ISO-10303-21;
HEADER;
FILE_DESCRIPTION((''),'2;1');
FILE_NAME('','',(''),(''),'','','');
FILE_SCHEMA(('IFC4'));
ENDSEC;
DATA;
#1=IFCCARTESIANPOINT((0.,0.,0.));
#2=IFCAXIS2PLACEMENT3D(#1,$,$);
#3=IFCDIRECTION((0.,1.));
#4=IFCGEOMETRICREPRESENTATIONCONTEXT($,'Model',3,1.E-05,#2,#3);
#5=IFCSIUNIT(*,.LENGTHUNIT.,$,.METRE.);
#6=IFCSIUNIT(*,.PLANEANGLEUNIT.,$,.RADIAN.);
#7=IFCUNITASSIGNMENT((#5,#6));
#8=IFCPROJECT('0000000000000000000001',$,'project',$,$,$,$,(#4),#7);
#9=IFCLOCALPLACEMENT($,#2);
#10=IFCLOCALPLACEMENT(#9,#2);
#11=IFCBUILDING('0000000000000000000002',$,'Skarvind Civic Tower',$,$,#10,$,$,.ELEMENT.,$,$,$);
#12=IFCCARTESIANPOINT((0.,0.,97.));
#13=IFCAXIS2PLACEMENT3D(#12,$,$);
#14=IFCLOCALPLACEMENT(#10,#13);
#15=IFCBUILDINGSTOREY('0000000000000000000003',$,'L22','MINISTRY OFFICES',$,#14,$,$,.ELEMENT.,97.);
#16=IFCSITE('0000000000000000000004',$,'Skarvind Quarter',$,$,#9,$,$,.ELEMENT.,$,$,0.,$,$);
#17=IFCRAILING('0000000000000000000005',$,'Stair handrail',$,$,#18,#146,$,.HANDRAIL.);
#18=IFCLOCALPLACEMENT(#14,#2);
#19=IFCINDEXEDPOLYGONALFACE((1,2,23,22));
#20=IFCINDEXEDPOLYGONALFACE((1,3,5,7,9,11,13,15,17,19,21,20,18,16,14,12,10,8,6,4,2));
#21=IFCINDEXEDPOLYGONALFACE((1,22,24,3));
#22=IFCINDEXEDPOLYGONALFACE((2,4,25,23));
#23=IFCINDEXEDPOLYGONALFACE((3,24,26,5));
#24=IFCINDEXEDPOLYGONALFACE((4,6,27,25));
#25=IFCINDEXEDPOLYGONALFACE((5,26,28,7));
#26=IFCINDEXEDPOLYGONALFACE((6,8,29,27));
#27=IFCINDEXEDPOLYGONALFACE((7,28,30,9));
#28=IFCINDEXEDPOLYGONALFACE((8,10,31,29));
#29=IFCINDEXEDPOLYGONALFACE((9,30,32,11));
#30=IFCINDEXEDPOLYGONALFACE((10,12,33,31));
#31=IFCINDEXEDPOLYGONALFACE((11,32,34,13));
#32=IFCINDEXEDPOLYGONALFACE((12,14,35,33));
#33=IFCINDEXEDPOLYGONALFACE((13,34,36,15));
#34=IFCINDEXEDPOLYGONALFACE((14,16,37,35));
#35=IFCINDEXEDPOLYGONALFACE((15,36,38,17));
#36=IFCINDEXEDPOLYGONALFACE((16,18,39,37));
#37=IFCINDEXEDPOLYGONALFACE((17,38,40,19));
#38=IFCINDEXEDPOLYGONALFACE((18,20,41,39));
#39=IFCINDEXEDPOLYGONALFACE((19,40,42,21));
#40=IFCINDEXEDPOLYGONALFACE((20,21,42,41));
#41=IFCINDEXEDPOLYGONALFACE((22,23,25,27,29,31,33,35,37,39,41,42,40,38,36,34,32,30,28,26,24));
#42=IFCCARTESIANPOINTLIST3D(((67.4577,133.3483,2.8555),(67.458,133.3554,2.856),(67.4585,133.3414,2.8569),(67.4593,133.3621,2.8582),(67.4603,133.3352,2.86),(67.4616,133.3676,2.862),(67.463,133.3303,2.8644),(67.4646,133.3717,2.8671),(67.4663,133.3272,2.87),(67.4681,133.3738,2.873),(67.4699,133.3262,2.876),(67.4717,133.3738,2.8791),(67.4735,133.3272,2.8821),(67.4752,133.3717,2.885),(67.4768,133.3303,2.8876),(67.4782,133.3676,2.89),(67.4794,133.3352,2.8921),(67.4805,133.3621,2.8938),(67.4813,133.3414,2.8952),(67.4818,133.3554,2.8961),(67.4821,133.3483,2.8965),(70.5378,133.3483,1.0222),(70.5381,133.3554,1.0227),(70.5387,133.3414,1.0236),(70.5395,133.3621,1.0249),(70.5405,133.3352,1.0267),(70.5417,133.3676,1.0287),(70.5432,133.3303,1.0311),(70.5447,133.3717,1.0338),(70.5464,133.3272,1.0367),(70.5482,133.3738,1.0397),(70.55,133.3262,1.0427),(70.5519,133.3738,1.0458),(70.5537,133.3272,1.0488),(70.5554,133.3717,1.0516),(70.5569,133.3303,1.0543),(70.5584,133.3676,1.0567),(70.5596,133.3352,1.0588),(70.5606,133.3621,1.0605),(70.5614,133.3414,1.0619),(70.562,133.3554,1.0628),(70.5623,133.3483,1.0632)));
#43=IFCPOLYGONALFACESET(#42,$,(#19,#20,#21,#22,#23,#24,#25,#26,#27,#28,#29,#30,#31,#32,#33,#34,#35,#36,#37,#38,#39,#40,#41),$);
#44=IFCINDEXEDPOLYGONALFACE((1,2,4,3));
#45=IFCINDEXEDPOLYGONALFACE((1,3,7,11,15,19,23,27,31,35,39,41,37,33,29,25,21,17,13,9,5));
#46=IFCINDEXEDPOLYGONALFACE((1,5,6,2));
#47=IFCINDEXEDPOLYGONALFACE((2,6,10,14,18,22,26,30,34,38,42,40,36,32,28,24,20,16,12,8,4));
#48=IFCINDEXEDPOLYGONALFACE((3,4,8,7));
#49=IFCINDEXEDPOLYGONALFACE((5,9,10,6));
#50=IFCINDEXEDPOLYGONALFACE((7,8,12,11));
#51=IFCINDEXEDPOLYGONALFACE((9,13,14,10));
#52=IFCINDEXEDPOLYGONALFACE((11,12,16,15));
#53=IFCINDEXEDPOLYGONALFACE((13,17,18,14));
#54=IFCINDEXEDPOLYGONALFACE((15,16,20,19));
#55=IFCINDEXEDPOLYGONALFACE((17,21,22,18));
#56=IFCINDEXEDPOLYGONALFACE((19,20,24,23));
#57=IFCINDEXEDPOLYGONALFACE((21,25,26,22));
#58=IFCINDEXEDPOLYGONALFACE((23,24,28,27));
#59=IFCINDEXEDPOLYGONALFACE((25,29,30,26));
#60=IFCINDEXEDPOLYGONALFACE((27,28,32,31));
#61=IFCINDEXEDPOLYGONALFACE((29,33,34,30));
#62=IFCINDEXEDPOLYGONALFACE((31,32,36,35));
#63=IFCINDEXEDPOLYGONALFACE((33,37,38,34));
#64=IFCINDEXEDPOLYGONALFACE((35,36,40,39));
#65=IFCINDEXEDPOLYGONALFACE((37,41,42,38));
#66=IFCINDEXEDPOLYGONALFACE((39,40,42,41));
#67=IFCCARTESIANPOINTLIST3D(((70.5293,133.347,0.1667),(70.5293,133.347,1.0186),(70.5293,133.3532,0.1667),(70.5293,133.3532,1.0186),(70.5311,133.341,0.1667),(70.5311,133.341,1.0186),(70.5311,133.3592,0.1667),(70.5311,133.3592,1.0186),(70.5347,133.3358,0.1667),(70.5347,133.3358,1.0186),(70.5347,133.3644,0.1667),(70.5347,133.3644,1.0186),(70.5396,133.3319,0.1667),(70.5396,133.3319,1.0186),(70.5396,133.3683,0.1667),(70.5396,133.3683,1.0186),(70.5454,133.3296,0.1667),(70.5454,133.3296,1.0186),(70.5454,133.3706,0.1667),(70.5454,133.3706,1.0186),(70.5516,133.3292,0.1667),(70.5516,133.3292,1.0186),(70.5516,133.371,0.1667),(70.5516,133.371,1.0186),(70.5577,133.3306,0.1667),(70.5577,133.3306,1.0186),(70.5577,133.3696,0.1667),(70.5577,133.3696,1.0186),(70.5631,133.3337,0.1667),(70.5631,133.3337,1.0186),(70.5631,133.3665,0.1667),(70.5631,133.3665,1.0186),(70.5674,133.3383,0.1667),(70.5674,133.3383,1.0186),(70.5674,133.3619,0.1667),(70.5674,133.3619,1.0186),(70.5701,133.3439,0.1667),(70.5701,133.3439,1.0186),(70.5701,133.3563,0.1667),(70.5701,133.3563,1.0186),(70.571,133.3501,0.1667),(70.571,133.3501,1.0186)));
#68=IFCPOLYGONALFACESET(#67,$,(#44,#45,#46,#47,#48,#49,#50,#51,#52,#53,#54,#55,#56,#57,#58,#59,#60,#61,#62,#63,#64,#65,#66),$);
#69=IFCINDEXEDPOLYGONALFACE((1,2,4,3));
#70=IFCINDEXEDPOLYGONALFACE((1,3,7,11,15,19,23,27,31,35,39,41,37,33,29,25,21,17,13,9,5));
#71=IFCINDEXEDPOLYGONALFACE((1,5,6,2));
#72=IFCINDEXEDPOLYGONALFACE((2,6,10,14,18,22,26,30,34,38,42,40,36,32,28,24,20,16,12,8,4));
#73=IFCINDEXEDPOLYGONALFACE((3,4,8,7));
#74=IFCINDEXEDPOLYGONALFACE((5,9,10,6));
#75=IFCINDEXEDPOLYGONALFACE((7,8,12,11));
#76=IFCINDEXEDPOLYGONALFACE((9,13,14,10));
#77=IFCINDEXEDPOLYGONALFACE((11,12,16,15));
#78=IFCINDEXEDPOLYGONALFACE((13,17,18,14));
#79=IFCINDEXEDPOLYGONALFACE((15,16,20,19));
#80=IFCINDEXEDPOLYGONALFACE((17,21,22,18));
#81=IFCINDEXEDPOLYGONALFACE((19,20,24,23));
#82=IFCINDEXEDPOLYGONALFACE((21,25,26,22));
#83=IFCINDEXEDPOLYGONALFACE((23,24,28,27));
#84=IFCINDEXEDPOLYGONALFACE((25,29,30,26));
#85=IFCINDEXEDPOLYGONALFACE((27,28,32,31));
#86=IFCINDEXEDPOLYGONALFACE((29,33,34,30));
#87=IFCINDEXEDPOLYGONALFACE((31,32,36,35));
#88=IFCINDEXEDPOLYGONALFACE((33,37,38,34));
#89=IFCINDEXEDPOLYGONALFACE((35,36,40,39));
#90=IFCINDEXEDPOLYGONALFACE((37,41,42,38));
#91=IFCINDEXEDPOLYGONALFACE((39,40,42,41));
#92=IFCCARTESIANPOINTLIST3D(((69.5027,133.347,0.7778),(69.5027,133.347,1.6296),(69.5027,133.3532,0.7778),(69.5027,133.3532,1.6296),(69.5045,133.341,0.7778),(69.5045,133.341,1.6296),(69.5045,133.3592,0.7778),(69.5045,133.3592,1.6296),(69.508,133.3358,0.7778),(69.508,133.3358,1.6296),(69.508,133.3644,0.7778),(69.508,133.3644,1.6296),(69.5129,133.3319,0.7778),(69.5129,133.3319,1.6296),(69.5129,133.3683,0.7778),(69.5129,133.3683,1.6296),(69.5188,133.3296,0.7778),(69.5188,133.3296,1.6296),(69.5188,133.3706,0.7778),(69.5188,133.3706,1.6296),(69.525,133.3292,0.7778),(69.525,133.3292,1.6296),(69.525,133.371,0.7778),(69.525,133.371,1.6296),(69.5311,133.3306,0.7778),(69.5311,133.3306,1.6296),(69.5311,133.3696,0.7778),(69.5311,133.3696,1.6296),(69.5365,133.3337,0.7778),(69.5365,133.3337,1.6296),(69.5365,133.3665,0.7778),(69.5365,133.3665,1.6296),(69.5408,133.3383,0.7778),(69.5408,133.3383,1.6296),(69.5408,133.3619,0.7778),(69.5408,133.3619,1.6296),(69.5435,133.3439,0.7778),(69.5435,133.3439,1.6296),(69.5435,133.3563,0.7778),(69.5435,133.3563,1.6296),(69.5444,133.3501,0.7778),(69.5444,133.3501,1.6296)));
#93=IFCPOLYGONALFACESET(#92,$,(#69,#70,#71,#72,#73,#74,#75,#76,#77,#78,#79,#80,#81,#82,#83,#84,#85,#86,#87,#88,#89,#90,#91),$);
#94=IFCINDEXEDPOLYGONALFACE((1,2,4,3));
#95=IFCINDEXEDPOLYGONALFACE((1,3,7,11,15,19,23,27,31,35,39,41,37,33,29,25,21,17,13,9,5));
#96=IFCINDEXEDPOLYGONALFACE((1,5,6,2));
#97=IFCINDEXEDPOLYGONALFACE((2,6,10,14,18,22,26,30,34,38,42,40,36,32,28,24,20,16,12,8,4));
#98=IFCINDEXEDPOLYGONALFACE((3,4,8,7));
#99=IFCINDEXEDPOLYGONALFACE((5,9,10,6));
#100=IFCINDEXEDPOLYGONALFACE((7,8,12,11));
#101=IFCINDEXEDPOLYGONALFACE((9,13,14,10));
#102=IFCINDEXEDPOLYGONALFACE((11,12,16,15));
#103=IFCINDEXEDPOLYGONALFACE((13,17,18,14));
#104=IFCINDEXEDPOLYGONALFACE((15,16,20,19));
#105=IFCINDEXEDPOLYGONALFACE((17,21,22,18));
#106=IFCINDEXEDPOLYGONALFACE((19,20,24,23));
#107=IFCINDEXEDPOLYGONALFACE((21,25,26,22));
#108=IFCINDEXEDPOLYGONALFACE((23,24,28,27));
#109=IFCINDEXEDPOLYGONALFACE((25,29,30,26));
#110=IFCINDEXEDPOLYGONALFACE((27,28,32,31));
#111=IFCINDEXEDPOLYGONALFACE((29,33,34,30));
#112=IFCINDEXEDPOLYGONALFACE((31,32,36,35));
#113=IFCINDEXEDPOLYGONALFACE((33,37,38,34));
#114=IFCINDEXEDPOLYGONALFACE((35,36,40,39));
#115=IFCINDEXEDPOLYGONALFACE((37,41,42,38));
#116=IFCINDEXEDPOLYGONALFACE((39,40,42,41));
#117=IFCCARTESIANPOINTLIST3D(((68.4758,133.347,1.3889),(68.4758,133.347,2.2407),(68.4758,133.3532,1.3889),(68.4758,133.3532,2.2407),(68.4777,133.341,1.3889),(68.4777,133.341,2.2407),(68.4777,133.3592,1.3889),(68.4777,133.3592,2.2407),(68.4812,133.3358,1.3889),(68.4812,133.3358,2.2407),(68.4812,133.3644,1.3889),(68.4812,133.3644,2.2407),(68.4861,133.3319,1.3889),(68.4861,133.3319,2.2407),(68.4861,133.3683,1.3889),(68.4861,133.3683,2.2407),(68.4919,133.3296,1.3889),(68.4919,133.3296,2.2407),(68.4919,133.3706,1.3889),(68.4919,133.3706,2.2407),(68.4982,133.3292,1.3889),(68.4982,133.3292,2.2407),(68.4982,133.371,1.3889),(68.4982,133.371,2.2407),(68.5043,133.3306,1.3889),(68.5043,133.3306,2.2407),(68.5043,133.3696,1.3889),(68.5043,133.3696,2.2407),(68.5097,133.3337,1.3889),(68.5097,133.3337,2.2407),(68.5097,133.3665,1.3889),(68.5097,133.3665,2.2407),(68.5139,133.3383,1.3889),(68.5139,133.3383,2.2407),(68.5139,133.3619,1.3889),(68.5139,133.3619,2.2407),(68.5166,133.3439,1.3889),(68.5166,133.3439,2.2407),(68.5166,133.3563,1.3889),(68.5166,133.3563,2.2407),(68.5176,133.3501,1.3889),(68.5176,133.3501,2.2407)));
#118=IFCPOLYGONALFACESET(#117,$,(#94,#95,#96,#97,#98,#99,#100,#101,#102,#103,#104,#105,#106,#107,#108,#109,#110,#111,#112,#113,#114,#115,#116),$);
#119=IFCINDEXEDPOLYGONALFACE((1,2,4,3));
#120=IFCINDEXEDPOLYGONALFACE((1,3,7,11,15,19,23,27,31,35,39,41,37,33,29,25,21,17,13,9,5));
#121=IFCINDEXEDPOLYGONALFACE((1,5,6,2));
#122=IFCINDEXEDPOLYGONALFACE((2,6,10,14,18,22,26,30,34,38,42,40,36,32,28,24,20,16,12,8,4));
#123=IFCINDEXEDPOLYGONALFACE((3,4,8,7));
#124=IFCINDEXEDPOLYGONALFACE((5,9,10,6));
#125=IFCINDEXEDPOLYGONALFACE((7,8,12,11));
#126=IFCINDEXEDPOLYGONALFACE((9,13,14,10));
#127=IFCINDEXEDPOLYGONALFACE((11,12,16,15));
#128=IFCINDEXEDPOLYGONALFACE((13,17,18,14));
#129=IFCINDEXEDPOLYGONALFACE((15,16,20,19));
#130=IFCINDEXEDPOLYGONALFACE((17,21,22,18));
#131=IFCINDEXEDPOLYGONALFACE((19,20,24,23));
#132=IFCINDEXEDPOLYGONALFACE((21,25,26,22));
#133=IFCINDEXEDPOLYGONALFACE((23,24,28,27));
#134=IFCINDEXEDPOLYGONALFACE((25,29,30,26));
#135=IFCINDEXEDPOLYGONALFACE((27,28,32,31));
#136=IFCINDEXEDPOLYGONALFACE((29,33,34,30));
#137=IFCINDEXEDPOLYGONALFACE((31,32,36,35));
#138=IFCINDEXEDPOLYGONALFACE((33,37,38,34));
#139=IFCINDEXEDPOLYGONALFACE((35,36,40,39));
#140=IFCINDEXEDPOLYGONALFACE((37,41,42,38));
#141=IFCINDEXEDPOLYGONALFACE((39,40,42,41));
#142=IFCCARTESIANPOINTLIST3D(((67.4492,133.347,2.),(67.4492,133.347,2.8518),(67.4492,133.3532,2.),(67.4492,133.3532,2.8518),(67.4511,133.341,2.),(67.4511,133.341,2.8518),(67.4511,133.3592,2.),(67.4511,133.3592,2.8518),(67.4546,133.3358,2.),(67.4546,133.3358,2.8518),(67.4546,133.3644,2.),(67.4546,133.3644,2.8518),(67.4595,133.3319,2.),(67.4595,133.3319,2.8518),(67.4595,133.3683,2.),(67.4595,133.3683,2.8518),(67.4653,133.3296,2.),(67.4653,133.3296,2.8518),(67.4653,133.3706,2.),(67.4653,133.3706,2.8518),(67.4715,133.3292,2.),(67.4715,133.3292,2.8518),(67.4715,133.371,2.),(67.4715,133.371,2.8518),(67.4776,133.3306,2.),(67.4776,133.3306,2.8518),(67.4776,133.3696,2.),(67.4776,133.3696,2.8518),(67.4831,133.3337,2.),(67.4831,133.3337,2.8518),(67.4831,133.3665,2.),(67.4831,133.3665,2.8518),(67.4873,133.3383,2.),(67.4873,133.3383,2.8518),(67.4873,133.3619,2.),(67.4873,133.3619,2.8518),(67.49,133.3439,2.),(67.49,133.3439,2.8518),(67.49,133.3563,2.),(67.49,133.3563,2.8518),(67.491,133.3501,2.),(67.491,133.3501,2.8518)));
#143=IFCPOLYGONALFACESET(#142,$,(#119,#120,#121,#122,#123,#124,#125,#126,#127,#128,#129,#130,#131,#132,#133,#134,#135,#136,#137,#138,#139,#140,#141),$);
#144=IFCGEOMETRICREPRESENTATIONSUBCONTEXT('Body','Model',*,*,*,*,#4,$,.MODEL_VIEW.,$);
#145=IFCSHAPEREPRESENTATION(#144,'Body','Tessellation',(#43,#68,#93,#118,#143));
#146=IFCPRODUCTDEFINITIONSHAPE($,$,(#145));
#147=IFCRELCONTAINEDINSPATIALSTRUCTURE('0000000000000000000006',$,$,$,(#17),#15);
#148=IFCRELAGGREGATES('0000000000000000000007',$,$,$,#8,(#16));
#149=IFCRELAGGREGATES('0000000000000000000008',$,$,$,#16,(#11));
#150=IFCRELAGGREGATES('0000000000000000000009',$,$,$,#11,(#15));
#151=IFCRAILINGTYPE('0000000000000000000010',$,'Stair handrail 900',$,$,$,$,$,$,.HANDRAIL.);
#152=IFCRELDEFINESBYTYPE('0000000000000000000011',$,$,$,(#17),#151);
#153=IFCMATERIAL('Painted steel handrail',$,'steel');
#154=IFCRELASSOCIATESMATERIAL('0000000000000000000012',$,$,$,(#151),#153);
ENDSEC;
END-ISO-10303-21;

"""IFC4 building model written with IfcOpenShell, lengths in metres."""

from ifc_helpers import new_model, si_unit, direction, frame, origin, origin_2d, place, context, subcontext, project, spatial, circle, extrude, material, type_object, element, save


model = new_model("IFC4")

# Units and contexts
model_context = context("Model", 3, precision=1e-05, world=origin(), true_north=direction((0.0, 1.0)))
body_context = subcontext(model_context, "Body", "Model", "MODEL_VIEW")
ifc_project = project(units=[si_unit("LENGTHUNIT", "METRE"), si_unit("PLANEANGLEUNIT", "RADIAN")], contexts=[model_context])

# Site, building, storey
site_placement = place(None, origin())
site = spatial("IfcSite", under=ifc_project, at=site_placement, Name="Skarvind Quarter", CompositionType="ELEMENT", RefElevation=0.0)
building_placement = place(site_placement, origin())
building = spatial("IfcBuilding", under=site, at=building_placement, Name="Skarvind Civic Tower", CompositionType="ELEMENT")
storey_placement = place(building_placement, frame((0.0, 0.0, 97.0)))
storey = spatial("IfcBuildingStorey", under=building, at=storey_placement, Name="L22", Description="MINISTRY OFFICES", CompositionType="ELEMENT", Elevation=97.0)

# Railing
ifc_material_1 = material(Name="Painted steel handrail", Category="steel")
railing_type = type_object("IfcRailingType", Name="Stair handrail 900", PredefinedType="HANDRAIL", material=ifc_material_1)
railing_1_placement = place(storey_placement, frame((70.55, 133.3501, 0.1667)))
element("IfcRailing", 1, at=railing_1_placement, inside=storey, type_object=railing_type, Name="Stair handrail", PredefinedType="HANDRAIL", context=body_context, shape_type="SweptSolid", body=[
    extrude(circle(Radius=0.0239, at=origin_2d()), frame((0.0, 0.0, 0.876), z_axis=(-0.859309, 0.0, 0.511458), x_axis=(0.0, -1.0, 0.0)), (0.0, 0.0, 1.0), 3.5845),
    extrude(circle(Radius=0.021, at=origin_2d()), origin(), (0.0, 0.0, 1.0), 0.8518),
    extrude(circle(Radius=0.021, at=origin_2d()), frame((-1.0266, 0.0, 0.6111)), (0.0, 0.0, 1.0), 0.8518),
    extrude(circle(Radius=0.021, at=origin_2d()), frame((-2.0535, 0.0, 1.2222)), (0.0, 0.0, 1.0), 0.8518),
    extrude(circle(Radius=0.021, at=origin_2d()), frame((-3.0801, 0.0, 1.8333)), (0.0, 0.0, 1.0), 0.8518),
])

save(model, "model.ifc")
